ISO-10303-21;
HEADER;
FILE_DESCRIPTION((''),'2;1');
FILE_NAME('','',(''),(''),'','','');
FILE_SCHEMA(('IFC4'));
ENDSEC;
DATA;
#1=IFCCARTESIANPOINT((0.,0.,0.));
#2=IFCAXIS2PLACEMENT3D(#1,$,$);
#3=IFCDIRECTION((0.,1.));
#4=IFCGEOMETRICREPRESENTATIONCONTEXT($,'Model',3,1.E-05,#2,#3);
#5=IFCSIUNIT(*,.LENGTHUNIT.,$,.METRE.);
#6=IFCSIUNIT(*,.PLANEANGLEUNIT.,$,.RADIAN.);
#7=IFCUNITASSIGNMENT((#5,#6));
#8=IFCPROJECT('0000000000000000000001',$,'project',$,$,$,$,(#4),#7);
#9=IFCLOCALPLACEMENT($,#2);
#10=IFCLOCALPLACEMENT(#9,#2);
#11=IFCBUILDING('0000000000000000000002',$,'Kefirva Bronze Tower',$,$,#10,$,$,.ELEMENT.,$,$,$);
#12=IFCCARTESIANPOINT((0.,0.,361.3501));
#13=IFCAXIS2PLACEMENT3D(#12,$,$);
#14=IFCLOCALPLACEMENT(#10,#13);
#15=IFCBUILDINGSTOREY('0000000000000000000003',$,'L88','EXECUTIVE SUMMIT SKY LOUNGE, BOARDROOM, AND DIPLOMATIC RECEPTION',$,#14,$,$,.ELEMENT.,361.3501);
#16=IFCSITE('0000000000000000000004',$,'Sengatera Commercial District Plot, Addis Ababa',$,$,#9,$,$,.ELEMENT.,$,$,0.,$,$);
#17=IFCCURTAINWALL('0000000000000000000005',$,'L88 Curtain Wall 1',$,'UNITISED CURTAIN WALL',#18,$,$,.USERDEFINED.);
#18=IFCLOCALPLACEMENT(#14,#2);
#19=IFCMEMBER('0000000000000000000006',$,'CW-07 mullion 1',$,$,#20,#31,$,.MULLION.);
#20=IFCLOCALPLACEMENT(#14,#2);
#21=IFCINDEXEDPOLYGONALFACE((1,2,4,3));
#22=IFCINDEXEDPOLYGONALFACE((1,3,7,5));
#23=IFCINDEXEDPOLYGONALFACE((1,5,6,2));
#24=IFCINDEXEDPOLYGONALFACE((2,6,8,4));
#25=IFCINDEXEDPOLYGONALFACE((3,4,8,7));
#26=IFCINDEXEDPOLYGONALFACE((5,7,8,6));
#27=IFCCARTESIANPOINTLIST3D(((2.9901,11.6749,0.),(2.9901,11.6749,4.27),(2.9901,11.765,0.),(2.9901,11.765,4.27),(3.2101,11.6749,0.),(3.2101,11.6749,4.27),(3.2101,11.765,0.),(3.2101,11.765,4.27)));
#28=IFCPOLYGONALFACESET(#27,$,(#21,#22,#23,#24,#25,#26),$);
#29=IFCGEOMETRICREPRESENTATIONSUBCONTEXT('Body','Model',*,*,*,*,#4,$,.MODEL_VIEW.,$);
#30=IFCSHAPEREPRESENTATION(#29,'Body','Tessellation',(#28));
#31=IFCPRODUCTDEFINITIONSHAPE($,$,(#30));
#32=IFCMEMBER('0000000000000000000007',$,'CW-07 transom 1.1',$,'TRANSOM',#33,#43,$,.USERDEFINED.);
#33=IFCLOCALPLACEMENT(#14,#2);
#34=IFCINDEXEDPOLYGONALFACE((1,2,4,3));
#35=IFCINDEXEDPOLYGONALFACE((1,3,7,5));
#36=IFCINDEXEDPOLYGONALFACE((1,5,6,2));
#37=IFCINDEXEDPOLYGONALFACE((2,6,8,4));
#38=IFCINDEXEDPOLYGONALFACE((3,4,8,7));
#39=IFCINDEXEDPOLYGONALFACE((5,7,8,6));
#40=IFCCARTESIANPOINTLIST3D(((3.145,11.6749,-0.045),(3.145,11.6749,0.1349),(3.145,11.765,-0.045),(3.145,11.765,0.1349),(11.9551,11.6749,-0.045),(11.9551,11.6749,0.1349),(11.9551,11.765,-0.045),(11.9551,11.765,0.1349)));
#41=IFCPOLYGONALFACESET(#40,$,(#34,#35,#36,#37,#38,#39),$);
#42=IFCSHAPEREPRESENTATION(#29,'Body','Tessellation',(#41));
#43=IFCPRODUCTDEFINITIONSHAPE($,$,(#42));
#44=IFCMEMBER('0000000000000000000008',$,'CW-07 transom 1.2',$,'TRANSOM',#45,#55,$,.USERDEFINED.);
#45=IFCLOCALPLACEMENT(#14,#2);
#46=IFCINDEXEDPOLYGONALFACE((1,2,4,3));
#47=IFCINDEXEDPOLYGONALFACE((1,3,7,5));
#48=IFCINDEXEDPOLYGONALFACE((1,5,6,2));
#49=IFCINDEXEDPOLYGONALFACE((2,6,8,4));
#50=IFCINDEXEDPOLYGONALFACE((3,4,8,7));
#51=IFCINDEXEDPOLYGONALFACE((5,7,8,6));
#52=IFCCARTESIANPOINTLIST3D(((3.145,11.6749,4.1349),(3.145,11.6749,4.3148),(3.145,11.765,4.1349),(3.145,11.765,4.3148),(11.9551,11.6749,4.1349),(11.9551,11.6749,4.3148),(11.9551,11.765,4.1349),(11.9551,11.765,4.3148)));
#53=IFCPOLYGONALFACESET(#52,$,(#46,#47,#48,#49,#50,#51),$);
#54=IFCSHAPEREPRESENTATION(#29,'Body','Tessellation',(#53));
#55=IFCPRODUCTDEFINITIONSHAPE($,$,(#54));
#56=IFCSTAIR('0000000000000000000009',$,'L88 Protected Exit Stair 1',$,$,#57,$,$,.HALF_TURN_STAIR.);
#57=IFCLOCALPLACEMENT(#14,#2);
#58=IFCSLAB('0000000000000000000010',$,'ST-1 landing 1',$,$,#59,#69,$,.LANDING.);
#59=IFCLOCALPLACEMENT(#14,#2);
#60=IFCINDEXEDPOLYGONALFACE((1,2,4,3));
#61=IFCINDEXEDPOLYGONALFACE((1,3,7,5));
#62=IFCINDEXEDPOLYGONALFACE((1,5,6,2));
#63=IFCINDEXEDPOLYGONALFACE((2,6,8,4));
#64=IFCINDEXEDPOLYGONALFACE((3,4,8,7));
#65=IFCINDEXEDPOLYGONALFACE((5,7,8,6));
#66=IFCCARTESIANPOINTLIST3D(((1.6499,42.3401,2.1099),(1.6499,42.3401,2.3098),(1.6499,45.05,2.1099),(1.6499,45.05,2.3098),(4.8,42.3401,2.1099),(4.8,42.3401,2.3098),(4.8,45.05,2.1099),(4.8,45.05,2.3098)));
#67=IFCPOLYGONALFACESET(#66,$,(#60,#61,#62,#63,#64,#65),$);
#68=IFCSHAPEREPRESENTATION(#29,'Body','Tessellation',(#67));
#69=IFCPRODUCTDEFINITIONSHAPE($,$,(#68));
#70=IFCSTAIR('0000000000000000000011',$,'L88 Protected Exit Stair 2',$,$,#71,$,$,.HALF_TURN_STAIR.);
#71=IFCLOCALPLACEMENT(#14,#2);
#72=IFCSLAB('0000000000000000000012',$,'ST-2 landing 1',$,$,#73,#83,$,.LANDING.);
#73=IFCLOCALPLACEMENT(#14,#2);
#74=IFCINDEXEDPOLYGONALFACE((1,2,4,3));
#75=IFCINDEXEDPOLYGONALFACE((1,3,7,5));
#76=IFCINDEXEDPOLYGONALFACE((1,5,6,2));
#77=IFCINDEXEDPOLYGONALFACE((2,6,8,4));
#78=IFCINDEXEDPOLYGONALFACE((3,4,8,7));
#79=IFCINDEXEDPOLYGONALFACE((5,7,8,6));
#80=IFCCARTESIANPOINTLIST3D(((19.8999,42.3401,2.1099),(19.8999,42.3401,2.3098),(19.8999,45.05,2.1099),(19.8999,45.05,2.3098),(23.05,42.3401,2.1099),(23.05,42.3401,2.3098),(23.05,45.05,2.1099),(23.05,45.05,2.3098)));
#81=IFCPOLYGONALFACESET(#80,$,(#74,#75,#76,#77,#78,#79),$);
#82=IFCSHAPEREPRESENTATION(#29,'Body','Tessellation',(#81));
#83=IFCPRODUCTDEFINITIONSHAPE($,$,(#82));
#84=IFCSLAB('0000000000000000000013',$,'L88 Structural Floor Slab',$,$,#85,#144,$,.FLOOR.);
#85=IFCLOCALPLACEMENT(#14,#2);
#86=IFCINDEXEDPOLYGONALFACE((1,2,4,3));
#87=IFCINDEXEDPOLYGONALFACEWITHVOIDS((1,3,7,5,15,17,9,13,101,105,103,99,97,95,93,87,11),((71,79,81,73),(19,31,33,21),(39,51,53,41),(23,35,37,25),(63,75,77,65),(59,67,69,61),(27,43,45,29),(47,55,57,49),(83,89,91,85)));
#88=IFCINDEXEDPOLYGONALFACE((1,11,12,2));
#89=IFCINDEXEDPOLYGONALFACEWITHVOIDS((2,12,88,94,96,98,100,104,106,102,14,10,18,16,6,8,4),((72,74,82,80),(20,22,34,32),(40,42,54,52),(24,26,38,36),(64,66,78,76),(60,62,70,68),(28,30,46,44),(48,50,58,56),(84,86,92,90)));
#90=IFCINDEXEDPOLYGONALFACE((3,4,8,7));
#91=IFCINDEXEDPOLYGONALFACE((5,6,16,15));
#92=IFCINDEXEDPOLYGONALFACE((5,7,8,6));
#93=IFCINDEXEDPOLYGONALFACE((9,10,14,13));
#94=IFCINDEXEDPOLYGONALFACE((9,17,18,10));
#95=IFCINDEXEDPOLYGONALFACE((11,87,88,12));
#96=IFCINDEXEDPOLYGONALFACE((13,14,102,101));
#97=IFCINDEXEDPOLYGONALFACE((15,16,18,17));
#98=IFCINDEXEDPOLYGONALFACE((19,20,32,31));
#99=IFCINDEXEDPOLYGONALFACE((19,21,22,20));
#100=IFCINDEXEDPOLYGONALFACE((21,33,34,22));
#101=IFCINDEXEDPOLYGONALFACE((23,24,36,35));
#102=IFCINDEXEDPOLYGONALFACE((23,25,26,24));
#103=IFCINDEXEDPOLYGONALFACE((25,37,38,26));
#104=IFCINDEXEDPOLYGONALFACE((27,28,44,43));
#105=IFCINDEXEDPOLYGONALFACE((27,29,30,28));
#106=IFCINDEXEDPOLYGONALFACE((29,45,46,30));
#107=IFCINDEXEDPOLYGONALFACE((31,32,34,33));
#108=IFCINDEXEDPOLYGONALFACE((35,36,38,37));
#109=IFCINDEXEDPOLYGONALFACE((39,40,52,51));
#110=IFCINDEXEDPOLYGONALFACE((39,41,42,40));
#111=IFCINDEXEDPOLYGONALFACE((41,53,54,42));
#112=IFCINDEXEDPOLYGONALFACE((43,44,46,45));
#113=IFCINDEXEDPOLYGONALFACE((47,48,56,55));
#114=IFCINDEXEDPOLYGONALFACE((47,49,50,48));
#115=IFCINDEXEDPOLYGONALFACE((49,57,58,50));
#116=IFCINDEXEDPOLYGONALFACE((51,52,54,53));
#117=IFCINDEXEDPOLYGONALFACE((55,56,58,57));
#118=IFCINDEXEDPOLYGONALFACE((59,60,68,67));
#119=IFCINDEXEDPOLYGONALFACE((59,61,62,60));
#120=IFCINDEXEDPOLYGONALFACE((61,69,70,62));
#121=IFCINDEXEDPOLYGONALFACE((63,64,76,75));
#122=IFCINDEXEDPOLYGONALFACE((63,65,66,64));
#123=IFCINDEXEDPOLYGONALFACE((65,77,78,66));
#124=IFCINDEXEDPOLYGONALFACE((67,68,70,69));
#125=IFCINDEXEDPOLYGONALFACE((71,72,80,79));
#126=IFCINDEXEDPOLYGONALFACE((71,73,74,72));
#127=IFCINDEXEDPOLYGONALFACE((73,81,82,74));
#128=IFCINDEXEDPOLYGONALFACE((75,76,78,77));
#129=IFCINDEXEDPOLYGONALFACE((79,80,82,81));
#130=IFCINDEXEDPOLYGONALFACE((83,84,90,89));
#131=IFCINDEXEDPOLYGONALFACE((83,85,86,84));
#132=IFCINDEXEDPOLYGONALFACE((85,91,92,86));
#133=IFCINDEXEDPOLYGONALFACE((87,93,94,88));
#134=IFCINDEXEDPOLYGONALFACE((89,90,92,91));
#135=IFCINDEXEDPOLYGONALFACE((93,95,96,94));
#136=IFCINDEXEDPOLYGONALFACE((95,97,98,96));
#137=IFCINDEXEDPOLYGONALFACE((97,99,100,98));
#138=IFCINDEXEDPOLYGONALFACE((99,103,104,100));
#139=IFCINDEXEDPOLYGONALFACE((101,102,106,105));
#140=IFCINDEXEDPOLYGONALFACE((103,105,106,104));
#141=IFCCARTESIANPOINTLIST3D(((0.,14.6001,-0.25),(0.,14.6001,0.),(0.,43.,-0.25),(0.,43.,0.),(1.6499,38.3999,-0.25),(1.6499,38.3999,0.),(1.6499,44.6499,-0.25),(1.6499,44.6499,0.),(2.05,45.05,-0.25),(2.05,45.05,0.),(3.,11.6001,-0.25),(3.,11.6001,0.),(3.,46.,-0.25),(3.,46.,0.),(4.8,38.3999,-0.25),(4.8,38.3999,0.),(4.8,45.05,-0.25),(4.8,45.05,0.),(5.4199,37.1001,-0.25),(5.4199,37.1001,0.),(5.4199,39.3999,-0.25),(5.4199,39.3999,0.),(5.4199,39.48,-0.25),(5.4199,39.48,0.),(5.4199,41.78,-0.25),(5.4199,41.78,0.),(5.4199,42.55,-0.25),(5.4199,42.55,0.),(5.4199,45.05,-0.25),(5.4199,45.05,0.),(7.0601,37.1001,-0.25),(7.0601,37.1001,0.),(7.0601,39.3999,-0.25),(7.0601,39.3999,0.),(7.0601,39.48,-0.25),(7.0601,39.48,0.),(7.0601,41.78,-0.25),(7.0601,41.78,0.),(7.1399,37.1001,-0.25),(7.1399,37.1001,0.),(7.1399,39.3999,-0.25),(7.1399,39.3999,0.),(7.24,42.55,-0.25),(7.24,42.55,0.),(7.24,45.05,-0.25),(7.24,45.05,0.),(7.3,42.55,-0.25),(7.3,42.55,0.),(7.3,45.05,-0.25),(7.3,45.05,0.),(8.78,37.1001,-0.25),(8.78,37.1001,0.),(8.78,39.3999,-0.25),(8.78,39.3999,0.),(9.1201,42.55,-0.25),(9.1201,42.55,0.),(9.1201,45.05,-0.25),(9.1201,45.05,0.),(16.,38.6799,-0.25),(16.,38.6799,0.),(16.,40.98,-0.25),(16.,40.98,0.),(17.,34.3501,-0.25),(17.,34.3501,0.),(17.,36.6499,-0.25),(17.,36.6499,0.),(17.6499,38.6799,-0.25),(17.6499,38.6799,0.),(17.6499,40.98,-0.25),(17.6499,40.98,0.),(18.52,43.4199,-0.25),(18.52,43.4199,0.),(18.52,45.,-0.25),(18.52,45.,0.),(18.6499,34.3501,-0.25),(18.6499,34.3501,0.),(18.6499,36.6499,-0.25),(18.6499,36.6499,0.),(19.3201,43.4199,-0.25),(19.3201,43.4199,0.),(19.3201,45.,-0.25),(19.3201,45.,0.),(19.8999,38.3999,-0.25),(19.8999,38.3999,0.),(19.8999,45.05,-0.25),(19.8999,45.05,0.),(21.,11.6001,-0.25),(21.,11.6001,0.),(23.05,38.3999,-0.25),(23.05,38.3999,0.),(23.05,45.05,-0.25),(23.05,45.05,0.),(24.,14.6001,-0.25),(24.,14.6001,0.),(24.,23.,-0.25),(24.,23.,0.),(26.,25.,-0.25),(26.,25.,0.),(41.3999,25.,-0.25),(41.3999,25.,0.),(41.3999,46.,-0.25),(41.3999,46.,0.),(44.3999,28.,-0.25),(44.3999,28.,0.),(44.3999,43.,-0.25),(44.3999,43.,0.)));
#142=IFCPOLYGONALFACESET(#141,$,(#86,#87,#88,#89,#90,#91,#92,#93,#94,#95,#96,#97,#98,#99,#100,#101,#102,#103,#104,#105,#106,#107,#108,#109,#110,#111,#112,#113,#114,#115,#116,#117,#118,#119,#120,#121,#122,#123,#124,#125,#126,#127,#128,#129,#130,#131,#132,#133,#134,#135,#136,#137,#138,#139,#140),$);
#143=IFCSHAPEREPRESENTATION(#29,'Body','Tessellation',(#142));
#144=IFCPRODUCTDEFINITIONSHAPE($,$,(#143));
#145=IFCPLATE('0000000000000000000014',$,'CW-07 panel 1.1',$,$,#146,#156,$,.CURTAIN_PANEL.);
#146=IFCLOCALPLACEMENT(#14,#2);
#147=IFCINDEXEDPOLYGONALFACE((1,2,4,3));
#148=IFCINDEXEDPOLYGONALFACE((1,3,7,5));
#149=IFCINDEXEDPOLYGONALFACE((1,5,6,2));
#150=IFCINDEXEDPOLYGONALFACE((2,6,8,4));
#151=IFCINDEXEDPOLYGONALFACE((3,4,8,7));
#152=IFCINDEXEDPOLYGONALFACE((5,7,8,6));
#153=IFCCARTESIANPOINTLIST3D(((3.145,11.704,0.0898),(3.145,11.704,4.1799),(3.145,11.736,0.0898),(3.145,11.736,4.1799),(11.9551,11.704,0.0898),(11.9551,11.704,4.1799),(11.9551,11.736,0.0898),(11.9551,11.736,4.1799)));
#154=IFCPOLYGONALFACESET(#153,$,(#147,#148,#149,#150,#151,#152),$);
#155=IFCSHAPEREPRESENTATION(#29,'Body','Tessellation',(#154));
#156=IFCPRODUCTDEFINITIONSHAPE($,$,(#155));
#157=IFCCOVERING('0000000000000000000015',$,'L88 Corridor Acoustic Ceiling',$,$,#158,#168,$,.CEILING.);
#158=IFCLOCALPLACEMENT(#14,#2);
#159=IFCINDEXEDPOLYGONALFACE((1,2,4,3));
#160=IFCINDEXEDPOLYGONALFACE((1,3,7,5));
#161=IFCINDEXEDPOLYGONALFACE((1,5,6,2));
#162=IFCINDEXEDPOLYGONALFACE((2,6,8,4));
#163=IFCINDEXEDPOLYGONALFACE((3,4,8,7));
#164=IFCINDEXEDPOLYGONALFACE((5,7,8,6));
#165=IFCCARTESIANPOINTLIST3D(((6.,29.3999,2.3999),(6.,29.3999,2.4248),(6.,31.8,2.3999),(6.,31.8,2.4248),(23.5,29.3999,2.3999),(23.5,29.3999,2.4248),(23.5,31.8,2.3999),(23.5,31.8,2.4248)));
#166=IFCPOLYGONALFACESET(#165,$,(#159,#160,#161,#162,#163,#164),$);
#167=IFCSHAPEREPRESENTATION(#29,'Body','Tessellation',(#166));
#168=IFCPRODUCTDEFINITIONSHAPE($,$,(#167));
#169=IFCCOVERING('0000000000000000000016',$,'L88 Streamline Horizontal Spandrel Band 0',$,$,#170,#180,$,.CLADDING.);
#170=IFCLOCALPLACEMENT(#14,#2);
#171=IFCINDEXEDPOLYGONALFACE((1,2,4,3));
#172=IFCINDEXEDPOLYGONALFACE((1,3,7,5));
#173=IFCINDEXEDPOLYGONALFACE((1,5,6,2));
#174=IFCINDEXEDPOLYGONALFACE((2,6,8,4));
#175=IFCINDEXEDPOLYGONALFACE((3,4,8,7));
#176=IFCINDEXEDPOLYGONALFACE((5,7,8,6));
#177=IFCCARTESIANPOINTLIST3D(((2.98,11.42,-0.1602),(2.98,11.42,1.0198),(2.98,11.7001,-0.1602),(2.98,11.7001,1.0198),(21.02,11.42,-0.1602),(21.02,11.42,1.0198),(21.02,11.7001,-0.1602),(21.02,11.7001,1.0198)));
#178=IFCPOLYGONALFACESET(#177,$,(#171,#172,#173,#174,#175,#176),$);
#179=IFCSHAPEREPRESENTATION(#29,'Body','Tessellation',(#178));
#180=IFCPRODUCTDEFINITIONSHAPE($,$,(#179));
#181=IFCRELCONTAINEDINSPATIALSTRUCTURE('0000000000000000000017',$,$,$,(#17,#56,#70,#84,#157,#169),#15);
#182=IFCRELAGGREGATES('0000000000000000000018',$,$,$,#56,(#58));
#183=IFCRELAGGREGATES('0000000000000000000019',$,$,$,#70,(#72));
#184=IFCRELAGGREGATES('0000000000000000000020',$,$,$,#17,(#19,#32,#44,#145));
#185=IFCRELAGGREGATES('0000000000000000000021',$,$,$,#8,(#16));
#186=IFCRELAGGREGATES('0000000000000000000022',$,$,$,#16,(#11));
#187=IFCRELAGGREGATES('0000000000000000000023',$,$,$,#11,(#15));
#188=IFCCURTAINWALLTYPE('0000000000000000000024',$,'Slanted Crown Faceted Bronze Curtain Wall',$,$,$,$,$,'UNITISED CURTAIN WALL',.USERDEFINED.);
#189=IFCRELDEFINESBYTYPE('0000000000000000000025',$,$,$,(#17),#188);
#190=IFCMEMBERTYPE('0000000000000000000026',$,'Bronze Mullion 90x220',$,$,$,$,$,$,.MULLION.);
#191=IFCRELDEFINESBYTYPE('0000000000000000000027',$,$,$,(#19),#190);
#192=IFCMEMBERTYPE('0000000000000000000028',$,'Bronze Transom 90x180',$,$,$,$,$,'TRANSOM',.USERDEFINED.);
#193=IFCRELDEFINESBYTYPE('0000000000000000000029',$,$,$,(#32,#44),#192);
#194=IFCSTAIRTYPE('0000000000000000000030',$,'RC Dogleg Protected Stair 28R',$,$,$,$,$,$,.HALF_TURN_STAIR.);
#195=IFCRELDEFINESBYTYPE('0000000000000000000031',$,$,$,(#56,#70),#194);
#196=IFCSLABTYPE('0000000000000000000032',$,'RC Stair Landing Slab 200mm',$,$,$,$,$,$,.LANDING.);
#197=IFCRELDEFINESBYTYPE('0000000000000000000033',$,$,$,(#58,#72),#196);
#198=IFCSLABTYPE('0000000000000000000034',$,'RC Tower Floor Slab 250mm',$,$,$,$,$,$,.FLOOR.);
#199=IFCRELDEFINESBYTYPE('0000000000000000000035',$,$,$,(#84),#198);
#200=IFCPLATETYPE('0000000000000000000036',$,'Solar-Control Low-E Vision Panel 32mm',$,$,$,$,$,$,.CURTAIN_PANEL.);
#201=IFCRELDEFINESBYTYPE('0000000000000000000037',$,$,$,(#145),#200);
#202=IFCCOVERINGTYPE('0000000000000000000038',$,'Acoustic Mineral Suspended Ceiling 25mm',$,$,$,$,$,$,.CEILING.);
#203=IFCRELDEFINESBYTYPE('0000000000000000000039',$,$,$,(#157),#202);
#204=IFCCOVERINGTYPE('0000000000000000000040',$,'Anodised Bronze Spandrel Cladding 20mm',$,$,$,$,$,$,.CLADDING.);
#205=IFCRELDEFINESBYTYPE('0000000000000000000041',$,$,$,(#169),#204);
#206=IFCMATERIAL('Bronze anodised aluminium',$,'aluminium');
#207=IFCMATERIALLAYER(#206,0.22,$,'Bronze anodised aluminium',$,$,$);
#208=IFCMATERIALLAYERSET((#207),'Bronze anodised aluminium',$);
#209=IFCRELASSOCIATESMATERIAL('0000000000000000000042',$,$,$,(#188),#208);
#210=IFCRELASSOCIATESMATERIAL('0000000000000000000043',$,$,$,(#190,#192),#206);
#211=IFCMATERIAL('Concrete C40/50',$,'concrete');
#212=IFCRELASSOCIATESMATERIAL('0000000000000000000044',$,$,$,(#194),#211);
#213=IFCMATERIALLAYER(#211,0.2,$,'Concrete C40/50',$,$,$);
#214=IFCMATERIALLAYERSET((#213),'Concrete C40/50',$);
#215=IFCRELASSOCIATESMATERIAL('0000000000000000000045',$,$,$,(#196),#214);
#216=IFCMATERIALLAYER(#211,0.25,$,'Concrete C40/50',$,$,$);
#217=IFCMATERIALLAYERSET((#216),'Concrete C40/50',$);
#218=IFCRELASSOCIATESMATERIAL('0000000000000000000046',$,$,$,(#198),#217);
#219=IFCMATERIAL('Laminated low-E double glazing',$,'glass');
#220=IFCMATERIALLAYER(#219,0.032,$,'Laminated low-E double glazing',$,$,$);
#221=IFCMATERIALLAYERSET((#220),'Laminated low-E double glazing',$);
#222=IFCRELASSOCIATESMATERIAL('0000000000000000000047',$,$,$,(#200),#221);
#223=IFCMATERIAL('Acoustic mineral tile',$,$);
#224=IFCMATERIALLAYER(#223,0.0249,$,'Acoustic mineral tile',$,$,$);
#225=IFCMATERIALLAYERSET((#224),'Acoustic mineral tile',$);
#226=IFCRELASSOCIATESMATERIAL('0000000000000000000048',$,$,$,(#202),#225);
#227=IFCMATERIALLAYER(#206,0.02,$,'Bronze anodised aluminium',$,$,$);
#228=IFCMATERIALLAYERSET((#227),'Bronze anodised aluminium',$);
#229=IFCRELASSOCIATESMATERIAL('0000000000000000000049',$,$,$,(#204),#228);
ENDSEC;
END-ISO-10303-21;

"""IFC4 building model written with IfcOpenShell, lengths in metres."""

from ifc_helpers import new_model, si_unit, direction, frame, origin, origin_2d, place, context, subcontext, project, spatial, polyline, rectangle, outline, extrude, material, layer, layer_set, material_profile, profile_set, type_object, element, aggregate, save


model = new_model("IFC4")

# Units and contexts
model_context = context("Model", 3, precision=1e-05, world=origin(), true_north=direction((0.0, 1.0)))
body_context = subcontext(model_context, "Body", "Model", "MODEL_VIEW")
ifc_project = project(units=[si_unit("LENGTHUNIT", "METRE"), si_unit("PLANEANGLEUNIT", "RADIAN")], contexts=[model_context])

# Site, building, storey
site_placement = place(None, origin())
site = spatial("IfcSite", under=ifc_project, at=site_placement, Name="Sengatera Commercial District Plot, Addis Ababa", CompositionType="ELEMENT", RefElevation=0.0)
building_placement = place(site_placement, origin())
building = spatial("IfcBuilding", under=site, at=building_placement, Name="Kefirva Bronze Tower", CompositionType="ELEMENT")
storey_placement = place(building_placement, frame((0.0, 0.0, 361.3501)))
storey = spatial("IfcBuildingStorey", under=building, at=storey_placement, Name="L88", Description="EXECUTIVE SUMMIT SKY LOUNGE, BOARDROOM, AND DIPLOMATIC RECEPTION", CompositionType="ELEMENT", Elevation=361.3501)

# Curtain wall, members
ifc_material_1 = material(Name="Bronze anodised aluminium", Category="aluminium")
ifc_layer_1 = layer(ifc_material_1, 0.22, Name="Bronze anodised aluminium")
ifc_layer_set_1 = layer_set([ifc_layer_1], Name="Bronze anodised aluminium")
curtain_wall_type = type_object("IfcCurtainWallType", Name="Slanted Crown Faceted Bronze Curtain Wall", ElementType="UNITISED CURTAIN WALL", PredefinedType="USERDEFINED", material=ifc_layer_set_1)
curtain_wall_placement = place(storey_placement, origin())
curtain_wall = element("IfcCurtainWall", 1, at=curtain_wall_placement, inside=storey, type_object=curtain_wall_type, Name="L88 Curtain Wall 1", ObjectType="UNITISED CURTAIN WALL", PredefinedType="USERDEFINED")
ifc_material_profile_1 = material_profile(ifc_material_1, rectangle(XDim=0.0901, YDim=0.22, at=origin_2d()), Name="ALU 90x220")
ifc_profile_set_1 = profile_set([ifc_material_profile_1], Name="Bronze anodised aluminium")
member_type_1 = type_object("IfcMemberType", Name="Bronze Mullion 90x220", PredefinedType="MULLION", material=ifc_profile_set_1)
member_1_placement = place(storey_placement, frame((3.1001, 11.72, 0.0), z_axis=(0.0, 0.0, 1.0), x_axis=(0.0, 1.0, 0.0)))
member_1 = element("IfcMember", 2, at=member_1_placement, type_object=member_type_1, Name="CW-07 mullion 1", PredefinedType="MULLION", context=body_context, shape_type="SweptSolid", body=[
    extrude(rectangle(XDim=0.0901, YDim=0.22, at=origin_2d()), origin(), (0.0, 0.0, 1.0), 4.27),
])
ifc_material_profile_2 = material_profile(ifc_material_1, rectangle(XDim=0.0901, YDim=0.1799, at=origin_2d()), Name="ALU 90x180")
ifc_profile_set_2 = profile_set([ifc_material_profile_2], Name="Bronze anodised aluminium")
member_type_2 = type_object("IfcMemberType", Name="Bronze Transom 90x180", ElementType="TRANSOM", PredefinedType="USERDEFINED", material=ifc_profile_set_2)
member_2_placement = place(storey_placement, frame((3.145, 11.72, 0.0449), z_axis=(1.0, 0.0, 0.0), x_axis=(0.0, 1.0, 0.0)))
member_2 = element("IfcMember", 3, at=member_2_placement, type_object=member_type_2, Name="CW-07 transom 1.1", ObjectType="TRANSOM", PredefinedType="USERDEFINED", context=body_context, shape_type="SweptSolid", body=[
    extrude(rectangle(XDim=0.0901, YDim=0.1799, at=origin_2d()), origin(), (0.0, 0.0, 1.0), 8.8101),
])
member_3_placement = place(storey_placement, frame((3.145, 11.72, 4.2249), z_axis=(1.0, 0.0, 0.0), x_axis=(0.0, 1.0, 0.0)))
member_3 = element("IfcMember", 4, at=member_3_placement, type_object=member_type_2, Name="CW-07 transom 1.2", ObjectType="TRANSOM", PredefinedType="USERDEFINED", context=body_context, shape_type="SweptSolid", body=[
    extrude(rectangle(XDim=0.0901, YDim=0.1799, at=origin_2d()), origin(), (0.0, 0.0, 1.0), 8.8101),
])

# Stairs, slabs
ifc_material_2 = material(Name="Concrete C40/50", Category="concrete")
stair_type = type_object("IfcStairType", Name="RC Dogleg Protected Stair 28R", PredefinedType="HALF_TURN_STAIR", material=ifc_material_2)
stair_1_placement = place(storey_placement, origin())
stair_1 = element("IfcStair", 5, at=stair_1_placement, inside=storey, type_object=stair_type, Name="L88 Protected Exit Stair 1", PredefinedType="HALF_TURN_STAIR")
ifc_layer_2 = layer(ifc_material_2, 0.2, Name="Concrete C40/50")
ifc_layer_set_2 = layer_set([ifc_layer_2], Name="Concrete C40/50")
slab_type_1 = type_object("IfcSlabType", Name="RC Stair Landing Slab 200mm", PredefinedType="LANDING", material=ifc_layer_set_2)
slab_1_placement = place(storey_placement, frame((0.0, 0.0, 2.1099)))
slab_1 = element("IfcSlab", 6, at=slab_1_placement, type_object=slab_type_1, Name="ST-1 landing 1", PredefinedType="LANDING", context=body_context, shape_type="SweptSolid", body=[
    extrude(outline(polyline([(4.8, 42.3401), (4.8, 45.05), (1.6499, 45.05), (1.6499, 42.3401), (4.8, 42.3401)])), origin(), (0.0, 0.0, 1.0), 0.2),
])
aggregate(stair_1, [slab_1])
stair_2_placement = place(storey_placement, origin())
stair_2 = element("IfcStair", 7, at=stair_2_placement, inside=storey, type_object=stair_type, Name="L88 Protected Exit Stair 2", PredefinedType="HALF_TURN_STAIR")
slab_2_placement = place(storey_placement, frame((0.0, 0.0, 2.1099)))
slab_2 = element("IfcSlab", 8, at=slab_2_placement, type_object=slab_type_1, Name="ST-2 landing 1", PredefinedType="LANDING", context=body_context, shape_type="SweptSolid", body=[
    extrude(outline(polyline([(23.05, 42.3401), (23.05, 45.05), (19.8999, 45.05), (19.8999, 42.3401), (23.05, 42.3401)])), origin(), (0.0, 0.0, 1.0), 0.2),
])
aggregate(stair_2, [slab_2])

# Slab
ifc_layer_3 = layer(ifc_material_2, 0.25, Name="Concrete C40/50")
ifc_layer_set_3 = layer_set([ifc_layer_3], Name="Concrete C40/50")
slab_type_2 = type_object("IfcSlabType", Name="RC Tower Floor Slab 250mm", PredefinedType="FLOOR", material=ifc_layer_set_3)
slab_3_placement = place(storey_placement, frame((0.0, 0.0, -0.25)))
element("IfcSlab", 9, at=slab_3_placement, inside=storey, type_object=slab_type_2, Name="L88 Structural Floor Slab", PredefinedType="FLOOR", context=body_context, shape_type="SweptSolid", body=[
    extrude(outline(polyline([(0.0, 14.6001), (0.0, 43.0), (1.6499, 44.6499), (1.6499, 38.3999), (4.8, 38.3999), (4.8, 45.05), (2.05, 45.05), (3.0, 46.0), (41.3999, 46.0), (44.3999, 43.0), (44.3999, 28.0), (41.3999, 25.0), (26.0, 25.0), (24.0, 23.0), (24.0, 14.6001), (21.0, 11.6001), (3.0, 11.6001), (0.0, 14.6001)]), holes=[polyline([(23.05, 45.05), (19.8999, 45.05), (19.8999, 38.3999), (23.05, 38.3999), (23.05, 45.05)]), polyline([(19.3201, 43.4199), (19.3201, 45.0), (18.52, 45.0), (18.52, 43.4199), (19.3201, 43.4199)]), polyline([(18.6499, 36.6499), (17.0, 36.6499), (17.0, 34.3501), (18.6499, 34.3501), (18.6499, 36.6499)]), polyline([(17.6499, 38.6799), (17.6499, 40.98), (16.0, 40.98), (16.0, 38.6799), (17.6499, 38.6799)]), polyline([(9.1201, 42.55), (9.1201, 45.05), (7.3, 45.05), (7.3, 42.55), (9.1201, 42.55)]), polyline([(8.78, 39.3999), (7.1399, 39.3999), (7.1399, 37.1001), (8.78, 37.1001), (8.78, 39.3999)]), polyline([(7.24, 45.05), (5.4199, 45.05), (5.4199, 42.55), (7.24, 42.55), (7.24, 45.05)]), polyline([(7.0601, 39.48), (7.0601, 41.78), (5.4199, 41.78), (5.4199, 39.48), (7.0601, 39.48)]), polyline([(7.0601, 39.3999), (5.4199, 39.3999), (5.4199, 37.1001), (7.0601, 37.1001), (7.0601, 39.3999)])]), origin(), (0.0, 0.0, 1.0), 0.25),
])

# Plate
ifc_material_3 = material(Name="Laminated low-E double glazing", Category="glass")
ifc_layer_4 = layer(ifc_material_3, 0.032, Name="Laminated low-E double glazing")
ifc_layer_set_4 = layer_set([ifc_layer_4], Name="Laminated low-E double glazing")
plate_type = type_object("IfcPlateType", Name="Solar-Control Low-E Vision Panel 32mm", PredefinedType="CURTAIN_PANEL", material=ifc_layer_set_4)
plate_placement = place(storey_placement, frame((7.55, 11.72, 0.0898), z_axis=(0.0, 0.0, 1.0), x_axis=(1.0, 0.0, 0.0)))
plate = element("IfcPlate", 10, at=plate_placement, type_object=plate_type, Name="CW-07 panel 1.1", PredefinedType="CURTAIN_PANEL", context=body_context, shape_type="SweptSolid", body=[
    extrude(rectangle(XDim=8.8101, YDim=0.032, at=origin_2d()), origin(), (0.0, 0.0, 1.0), 4.0901),
])
aggregate(curtain_wall, [member_1, member_2, member_3, plate])

# Coverings
ifc_material_4 = material(Name="Acoustic mineral tile")
ifc_layer_5 = layer(ifc_material_4, 0.0249, Name="Acoustic mineral tile")
ifc_layer_set_5 = layer_set([ifc_layer_5], Name="Acoustic mineral tile")
covering_type_1 = type_object("IfcCoveringType", Name="Acoustic Mineral Suspended Ceiling 25mm", PredefinedType="CEILING", material=ifc_layer_set_5)
covering_1_placement = place(storey_placement, frame((0.0, 0.0, 2.3999)))
element("IfcCovering", 11, at=covering_1_placement, inside=storey, type_object=covering_type_1, Name="L88 Corridor Acoustic Ceiling", PredefinedType="CEILING", context=body_context, shape_type="SweptSolid", body=[
    extrude(outline(polyline([(6.0, 29.3999), (23.5, 29.3999), (23.5, 31.8), (6.0, 31.8), (6.0, 29.3999)])), origin(), (0.0, 0.0, 1.0), 0.0249),
])
ifc_layer_6 = layer(ifc_material_1, 0.02, Name="Bronze anodised aluminium")
ifc_layer_set_6 = layer_set([ifc_layer_6], Name="Bronze anodised aluminium")
covering_type_2 = type_object("IfcCoveringType", Name="Anodised Bronze Spandrel Cladding 20mm", PredefinedType="CLADDING", material=ifc_layer_set_6)
covering_2_placement = place(storey_placement, frame((12.0, 11.5601, -0.1602), z_axis=(0.0, 0.0, 1.0), x_axis=(1.0, 0.0, 0.0)))
element("IfcCovering", 12, at=covering_2_placement, inside=storey, type_object=covering_type_2, Name="L88 Streamline Horizontal Spandrel Band 0", PredefinedType="CLADDING", context=body_context, shape_type="SweptSolid", body=[
    extrude(rectangle(XDim=18.04, YDim=0.28, at=origin_2d()), origin(), (0.0, 0.0, 1.0), 1.1799),
])

save(model, "model.ifc")
